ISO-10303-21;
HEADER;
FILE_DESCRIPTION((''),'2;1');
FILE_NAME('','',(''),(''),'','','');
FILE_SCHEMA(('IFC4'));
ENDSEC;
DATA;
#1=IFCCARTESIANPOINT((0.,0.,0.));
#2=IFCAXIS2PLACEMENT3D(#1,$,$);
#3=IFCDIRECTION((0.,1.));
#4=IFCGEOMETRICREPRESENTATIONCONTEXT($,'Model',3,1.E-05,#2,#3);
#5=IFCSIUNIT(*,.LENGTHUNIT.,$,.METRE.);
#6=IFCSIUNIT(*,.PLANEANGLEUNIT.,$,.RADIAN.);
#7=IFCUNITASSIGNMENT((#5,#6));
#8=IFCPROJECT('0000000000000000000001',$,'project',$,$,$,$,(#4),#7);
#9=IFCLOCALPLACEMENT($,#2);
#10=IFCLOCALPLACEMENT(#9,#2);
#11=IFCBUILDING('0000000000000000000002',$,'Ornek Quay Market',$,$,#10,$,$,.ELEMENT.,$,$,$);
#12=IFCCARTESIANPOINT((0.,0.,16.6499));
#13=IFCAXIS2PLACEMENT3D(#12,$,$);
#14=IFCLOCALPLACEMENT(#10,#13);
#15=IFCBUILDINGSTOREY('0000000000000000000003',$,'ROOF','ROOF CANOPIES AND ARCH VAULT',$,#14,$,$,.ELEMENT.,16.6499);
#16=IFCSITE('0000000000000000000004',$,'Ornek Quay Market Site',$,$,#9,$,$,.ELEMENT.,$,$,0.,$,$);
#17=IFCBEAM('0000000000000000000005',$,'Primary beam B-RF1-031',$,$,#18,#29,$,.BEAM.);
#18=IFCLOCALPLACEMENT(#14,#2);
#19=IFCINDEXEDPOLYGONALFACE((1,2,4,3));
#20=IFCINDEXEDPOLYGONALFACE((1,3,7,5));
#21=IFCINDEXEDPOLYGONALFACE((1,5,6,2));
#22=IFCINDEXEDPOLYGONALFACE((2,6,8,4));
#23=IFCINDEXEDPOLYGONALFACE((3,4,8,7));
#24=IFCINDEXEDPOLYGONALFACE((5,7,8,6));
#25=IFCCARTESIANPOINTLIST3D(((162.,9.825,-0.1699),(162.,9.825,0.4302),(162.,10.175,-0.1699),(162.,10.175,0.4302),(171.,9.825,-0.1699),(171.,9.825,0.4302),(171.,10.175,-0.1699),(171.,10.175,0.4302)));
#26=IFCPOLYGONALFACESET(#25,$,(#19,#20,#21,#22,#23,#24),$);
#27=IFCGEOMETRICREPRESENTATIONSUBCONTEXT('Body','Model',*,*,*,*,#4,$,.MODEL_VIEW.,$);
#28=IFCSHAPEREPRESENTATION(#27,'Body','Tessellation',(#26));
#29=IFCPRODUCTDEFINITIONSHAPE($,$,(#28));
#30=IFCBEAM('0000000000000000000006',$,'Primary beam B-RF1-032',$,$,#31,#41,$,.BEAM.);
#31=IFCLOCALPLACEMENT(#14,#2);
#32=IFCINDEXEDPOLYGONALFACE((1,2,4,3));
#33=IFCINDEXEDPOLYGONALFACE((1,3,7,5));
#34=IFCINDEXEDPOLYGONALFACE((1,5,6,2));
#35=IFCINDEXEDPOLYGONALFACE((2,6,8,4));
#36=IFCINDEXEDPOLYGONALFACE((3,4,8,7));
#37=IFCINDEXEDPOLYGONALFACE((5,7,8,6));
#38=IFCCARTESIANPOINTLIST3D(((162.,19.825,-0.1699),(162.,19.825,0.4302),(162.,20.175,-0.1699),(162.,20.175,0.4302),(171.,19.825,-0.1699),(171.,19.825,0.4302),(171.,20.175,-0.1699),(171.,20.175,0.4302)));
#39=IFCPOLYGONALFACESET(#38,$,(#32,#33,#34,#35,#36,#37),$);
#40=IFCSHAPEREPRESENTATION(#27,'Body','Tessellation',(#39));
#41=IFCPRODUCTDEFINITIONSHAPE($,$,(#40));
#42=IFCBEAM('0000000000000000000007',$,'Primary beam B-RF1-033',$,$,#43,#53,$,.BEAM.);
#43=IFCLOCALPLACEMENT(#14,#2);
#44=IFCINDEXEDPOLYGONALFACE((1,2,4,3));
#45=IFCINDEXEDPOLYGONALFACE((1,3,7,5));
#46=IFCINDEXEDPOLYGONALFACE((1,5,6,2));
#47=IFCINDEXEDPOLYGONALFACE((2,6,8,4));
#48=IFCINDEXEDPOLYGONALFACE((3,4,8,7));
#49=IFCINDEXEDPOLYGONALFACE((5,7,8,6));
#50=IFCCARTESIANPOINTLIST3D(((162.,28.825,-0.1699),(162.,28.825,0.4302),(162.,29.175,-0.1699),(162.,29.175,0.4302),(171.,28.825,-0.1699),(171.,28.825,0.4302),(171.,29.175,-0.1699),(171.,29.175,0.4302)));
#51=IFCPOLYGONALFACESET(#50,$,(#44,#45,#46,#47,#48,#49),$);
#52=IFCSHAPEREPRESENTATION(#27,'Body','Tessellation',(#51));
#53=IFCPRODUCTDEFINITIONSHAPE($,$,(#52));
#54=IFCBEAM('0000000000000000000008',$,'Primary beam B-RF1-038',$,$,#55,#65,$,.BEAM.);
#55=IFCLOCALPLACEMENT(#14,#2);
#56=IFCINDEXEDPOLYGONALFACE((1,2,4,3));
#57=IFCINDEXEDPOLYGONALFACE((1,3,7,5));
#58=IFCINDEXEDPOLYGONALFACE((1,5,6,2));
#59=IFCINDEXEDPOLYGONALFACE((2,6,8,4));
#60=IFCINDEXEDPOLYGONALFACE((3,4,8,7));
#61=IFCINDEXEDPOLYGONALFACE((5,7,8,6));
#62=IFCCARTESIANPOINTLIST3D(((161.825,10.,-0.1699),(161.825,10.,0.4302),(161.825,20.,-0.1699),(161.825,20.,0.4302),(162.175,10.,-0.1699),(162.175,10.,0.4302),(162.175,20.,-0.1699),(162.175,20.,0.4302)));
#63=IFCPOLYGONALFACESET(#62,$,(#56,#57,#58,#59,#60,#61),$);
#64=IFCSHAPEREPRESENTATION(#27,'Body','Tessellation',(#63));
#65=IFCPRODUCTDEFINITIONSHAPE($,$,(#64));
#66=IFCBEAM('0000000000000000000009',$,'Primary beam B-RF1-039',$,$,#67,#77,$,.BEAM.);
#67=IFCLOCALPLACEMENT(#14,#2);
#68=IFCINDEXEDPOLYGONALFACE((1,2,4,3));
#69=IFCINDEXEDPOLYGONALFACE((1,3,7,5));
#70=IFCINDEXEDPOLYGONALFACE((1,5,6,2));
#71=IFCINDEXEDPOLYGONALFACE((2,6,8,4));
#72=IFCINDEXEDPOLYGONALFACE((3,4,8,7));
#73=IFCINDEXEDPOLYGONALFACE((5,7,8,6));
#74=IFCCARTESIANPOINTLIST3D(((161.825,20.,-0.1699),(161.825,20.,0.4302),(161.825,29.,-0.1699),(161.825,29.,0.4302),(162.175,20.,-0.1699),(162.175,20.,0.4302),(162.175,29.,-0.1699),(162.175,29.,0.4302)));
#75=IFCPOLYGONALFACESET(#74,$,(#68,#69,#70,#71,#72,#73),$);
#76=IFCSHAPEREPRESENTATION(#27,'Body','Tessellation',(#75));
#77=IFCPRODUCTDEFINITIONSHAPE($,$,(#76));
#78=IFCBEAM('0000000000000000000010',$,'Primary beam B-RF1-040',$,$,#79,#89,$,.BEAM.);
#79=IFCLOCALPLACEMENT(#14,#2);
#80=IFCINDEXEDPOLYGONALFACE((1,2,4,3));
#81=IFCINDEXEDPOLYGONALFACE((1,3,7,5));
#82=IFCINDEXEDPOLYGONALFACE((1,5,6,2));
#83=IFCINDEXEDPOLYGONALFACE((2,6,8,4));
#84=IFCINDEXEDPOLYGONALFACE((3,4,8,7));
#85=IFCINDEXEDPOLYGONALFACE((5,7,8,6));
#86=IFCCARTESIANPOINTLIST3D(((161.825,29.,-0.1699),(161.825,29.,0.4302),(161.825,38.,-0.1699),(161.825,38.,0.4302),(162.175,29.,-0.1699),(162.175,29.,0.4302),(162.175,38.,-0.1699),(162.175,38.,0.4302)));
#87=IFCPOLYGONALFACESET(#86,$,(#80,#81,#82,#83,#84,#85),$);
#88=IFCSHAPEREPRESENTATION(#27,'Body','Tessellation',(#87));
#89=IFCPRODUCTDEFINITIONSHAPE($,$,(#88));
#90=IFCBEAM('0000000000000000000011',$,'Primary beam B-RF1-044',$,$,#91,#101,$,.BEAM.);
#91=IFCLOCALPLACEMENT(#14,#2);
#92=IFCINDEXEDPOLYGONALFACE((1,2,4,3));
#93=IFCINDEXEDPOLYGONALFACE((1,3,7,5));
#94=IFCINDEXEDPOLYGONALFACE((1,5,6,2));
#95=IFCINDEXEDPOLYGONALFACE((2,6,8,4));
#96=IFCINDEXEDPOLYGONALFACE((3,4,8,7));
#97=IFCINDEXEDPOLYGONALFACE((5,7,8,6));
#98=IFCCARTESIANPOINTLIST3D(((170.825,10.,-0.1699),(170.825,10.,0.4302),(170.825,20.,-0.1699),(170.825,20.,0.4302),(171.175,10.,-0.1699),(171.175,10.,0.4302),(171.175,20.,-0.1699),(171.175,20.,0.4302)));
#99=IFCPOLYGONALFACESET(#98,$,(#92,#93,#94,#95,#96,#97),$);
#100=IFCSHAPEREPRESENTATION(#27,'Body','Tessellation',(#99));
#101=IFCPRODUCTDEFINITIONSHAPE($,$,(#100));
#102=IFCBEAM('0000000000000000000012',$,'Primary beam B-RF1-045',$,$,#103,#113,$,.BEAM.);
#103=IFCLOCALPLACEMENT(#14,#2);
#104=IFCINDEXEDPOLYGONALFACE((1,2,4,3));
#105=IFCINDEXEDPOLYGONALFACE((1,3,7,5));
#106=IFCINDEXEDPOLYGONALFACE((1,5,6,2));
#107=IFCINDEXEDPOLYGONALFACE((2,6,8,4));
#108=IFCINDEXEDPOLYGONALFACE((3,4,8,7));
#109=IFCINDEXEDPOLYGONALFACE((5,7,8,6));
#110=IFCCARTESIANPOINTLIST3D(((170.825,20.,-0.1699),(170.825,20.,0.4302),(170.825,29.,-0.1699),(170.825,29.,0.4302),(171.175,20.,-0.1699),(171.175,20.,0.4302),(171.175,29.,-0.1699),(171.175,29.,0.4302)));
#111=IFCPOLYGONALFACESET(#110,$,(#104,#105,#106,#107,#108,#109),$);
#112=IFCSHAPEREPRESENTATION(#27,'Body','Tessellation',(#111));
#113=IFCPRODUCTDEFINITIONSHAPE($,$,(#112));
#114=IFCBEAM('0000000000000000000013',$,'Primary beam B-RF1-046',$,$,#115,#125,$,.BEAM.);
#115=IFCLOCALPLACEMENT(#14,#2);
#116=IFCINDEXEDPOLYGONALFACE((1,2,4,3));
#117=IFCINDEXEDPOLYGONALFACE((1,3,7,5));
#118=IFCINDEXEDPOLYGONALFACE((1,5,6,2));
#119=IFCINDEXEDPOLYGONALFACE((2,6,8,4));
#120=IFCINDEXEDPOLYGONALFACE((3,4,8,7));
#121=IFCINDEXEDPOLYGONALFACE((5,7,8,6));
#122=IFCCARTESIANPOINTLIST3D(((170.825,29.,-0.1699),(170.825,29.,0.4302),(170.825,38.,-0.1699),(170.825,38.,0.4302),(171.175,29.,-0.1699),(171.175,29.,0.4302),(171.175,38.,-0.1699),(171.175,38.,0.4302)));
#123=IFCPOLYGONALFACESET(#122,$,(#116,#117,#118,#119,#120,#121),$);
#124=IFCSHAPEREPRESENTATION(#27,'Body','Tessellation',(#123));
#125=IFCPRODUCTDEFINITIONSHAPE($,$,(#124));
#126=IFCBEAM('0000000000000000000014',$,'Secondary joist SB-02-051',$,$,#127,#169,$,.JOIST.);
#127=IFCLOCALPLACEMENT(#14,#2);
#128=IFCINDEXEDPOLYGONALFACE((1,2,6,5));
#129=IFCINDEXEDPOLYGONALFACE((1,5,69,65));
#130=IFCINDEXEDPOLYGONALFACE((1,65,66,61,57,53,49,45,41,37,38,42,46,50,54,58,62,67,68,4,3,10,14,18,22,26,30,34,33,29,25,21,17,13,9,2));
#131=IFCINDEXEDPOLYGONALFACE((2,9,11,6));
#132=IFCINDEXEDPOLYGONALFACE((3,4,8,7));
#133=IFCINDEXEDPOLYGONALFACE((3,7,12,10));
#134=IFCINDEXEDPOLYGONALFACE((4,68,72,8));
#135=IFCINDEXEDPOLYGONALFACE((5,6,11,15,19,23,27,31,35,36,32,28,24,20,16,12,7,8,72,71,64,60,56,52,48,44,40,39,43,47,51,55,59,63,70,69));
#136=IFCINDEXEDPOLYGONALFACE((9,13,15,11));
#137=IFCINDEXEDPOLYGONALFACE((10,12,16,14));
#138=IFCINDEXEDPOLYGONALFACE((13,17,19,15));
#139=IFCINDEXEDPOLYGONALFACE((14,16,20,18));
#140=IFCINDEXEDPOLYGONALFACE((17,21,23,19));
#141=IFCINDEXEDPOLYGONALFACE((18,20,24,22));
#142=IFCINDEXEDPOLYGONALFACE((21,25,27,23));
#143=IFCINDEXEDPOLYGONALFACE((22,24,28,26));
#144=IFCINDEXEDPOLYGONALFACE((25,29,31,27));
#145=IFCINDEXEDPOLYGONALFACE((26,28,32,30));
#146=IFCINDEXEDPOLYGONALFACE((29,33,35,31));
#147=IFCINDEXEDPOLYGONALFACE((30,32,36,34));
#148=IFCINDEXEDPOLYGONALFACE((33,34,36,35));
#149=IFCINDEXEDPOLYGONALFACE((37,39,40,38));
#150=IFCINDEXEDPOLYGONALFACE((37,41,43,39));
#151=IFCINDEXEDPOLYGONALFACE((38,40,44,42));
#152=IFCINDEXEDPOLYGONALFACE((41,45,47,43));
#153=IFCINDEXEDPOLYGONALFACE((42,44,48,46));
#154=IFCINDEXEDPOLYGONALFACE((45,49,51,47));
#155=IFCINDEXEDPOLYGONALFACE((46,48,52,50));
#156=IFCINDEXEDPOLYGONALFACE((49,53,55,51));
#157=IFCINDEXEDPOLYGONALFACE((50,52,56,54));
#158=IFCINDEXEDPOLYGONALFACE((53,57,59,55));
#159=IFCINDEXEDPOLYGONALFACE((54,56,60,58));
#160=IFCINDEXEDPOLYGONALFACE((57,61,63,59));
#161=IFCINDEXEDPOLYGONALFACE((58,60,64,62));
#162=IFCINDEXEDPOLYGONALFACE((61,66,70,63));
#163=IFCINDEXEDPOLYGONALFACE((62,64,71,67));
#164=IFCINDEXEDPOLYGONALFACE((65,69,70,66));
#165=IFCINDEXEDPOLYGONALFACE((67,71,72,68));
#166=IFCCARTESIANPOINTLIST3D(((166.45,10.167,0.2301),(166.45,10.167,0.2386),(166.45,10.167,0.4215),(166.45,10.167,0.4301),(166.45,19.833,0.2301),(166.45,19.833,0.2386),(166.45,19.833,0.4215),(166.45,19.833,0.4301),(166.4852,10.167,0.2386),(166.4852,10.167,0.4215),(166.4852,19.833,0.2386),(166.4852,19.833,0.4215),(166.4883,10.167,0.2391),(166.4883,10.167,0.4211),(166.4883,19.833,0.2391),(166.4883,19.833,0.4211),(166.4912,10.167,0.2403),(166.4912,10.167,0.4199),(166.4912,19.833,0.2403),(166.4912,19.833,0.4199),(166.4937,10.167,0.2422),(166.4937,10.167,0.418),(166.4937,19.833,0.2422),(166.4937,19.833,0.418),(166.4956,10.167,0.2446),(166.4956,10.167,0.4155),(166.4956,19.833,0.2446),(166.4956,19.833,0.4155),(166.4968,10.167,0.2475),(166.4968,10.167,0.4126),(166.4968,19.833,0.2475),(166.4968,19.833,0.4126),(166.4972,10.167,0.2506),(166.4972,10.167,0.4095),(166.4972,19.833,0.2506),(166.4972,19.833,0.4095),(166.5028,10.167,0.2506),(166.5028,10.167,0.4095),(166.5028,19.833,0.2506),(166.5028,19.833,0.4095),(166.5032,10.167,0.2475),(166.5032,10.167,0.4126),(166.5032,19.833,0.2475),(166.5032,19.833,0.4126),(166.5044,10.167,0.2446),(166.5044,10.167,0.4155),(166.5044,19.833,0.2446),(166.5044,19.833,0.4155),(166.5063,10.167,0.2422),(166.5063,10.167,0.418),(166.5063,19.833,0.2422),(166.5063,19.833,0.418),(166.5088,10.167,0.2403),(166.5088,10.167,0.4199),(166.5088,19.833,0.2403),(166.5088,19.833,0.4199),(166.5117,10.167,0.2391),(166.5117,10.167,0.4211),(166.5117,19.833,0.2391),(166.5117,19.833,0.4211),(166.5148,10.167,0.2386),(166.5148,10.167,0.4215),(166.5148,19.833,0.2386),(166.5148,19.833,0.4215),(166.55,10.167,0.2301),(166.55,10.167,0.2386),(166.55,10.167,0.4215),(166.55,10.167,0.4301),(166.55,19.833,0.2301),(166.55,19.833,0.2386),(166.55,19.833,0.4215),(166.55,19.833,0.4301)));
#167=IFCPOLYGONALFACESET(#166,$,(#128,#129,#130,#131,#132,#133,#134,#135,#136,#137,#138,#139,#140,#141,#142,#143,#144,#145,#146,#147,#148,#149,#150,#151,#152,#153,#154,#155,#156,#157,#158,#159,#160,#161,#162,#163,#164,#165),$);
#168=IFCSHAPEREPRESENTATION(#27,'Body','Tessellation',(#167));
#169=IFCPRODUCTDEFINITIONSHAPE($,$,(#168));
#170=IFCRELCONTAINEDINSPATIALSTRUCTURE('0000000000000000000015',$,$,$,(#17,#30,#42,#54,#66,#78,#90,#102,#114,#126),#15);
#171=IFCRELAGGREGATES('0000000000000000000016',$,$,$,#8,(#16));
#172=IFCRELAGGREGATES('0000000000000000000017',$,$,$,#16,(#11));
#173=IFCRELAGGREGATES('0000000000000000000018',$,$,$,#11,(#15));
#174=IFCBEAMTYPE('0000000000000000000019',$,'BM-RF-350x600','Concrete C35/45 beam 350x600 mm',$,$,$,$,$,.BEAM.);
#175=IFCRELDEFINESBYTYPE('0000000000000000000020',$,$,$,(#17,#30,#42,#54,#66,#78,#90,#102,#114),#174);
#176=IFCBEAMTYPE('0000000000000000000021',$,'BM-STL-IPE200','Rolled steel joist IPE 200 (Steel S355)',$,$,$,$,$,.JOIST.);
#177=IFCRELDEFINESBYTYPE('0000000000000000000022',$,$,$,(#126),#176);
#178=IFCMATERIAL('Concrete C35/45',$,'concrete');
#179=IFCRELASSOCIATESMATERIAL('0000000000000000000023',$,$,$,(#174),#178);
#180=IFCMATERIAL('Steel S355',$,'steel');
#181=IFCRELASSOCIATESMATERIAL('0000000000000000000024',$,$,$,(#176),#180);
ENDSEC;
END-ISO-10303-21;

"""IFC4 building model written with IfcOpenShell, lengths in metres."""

from ifc_helpers import new_model, si_unit, direction, frame, origin, origin_2d, place, context, subcontext, project, spatial, rectangle, i_section, extrude, material, material_profile, profile_set, type_object, element, save


model = new_model("IFC4")

# Units and contexts
model_context = context("Model", 3, precision=1e-05, world=origin(), true_north=direction((0.0, 1.0)))
body_context = subcontext(model_context, "Body", "Model", "MODEL_VIEW")
ifc_project = project(units=[si_unit("LENGTHUNIT", "METRE"), si_unit("PLANEANGLEUNIT", "RADIAN")], contexts=[model_context])

# Site, building, storey
site_placement = place(None, origin())
site = spatial("IfcSite", under=ifc_project, at=site_placement, Name="Ornek Quay Market Site", CompositionType="ELEMENT", RefElevation=0.0)
building_placement = place(site_placement, origin())
building = spatial("IfcBuilding", under=site, at=building_placement, Name="Ornek Quay Market", CompositionType="ELEMENT")
storey_placement = place(building_placement, frame((0.0, 0.0, 16.6499)))
storey = spatial("IfcBuildingStorey", under=building, at=storey_placement, Name="ROOF", Description="ROOF CANOPIES AND ARCH VAULT", CompositionType="ELEMENT", Elevation=16.6499)

# Beams
ifc_material_1 = material(Name="Concrete C35/45", Category="concrete")
ifc_material_profile_1 = material_profile(ifc_material_1, rectangle(XDim=0.3501, YDim=0.6001, at=origin_2d()), Name="RC 350x600", Category="concrete")
ifc_profile_set_1 = profile_set([ifc_material_profile_1], Name="Concrete C35/45")
beam_type_1 = type_object("IfcBeamType", Name="BM-RF-350x600", Description="Concrete C35/45 beam 350x600 mm", PredefinedType="BEAM", material=ifc_profile_set_1)
for number, where, z_axis, x_axis, name in (
    (1, (162.0, 10.0, 0.1301), (1.0, 0.0, 0.0), (0.0, 1.0, 0.0), "Primary beam B-RF1-031"),
    (2, (162.0, 20.0, 0.1301), (1.0, 0.0, 0.0), (0.0, 1.0, 0.0), "Primary beam B-RF1-032"),
    (3, (162.0, 29.0, 0.1301), (1.0, 0.0, 0.0), (0.0, 1.0, 0.0), "Primary beam B-RF1-033"),
):
    element("IfcBeam", number, at=place(storey_placement, frame(where, z_axis=z_axis, x_axis=x_axis)), inside=storey, type_object=beam_type_1, Name=name, PredefinedType="BEAM", context=body_context, shape_type="SweptSolid", body=[
        extrude(rectangle(XDim=0.3501, YDim=0.6001, at=origin_2d()), origin(), (0.0, 0.0, 1.0), 9.0),
    ])
beam_1_placement = place(storey_placement, frame((162.0, 10.0, 0.1301), z_axis=(0.0, 1.0, 0.0), x_axis=(-1.0, 0.0, 0.0)))
element("IfcBeam", 4, at=beam_1_placement, inside=storey, type_object=beam_type_1, Name="Primary beam B-RF1-038", PredefinedType="BEAM", context=body_context, shape_type="SweptSolid", body=[
    extrude(rectangle(XDim=0.3501, YDim=0.6001, at=origin_2d()), origin(), (0.0, 0.0, 1.0), 10.0),
])
for number, where, z_axis, x_axis, name in (
    (5, (162.0, 20.0, 0.1301), (0.0, 1.0, 0.0), (-1.0, 0.0, 0.0), "Primary beam B-RF1-039"),
    (6, (162.0, 29.0, 0.1301), (0.0, 1.0, 0.0), (-1.0, 0.0, 0.0), "Primary beam B-RF1-040"),
):
    element("IfcBeam", number, at=place(storey_placement, frame(where, z_axis=z_axis, x_axis=x_axis)), inside=storey, type_object=beam_type_1, Name=name, PredefinedType="BEAM", context=body_context, shape_type="SweptSolid", body=[
        extrude(rectangle(XDim=0.3501, YDim=0.6001, at=origin_2d()), origin(), (0.0, 0.0, 1.0), 9.0),
    ])
beam_2_placement = place(storey_placement, frame((171.0, 10.0, 0.1301), z_axis=(0.0, 1.0, 0.0), x_axis=(-1.0, 0.0, 0.0)))
element("IfcBeam", 7, at=beam_2_placement, inside=storey, type_object=beam_type_1, Name="Primary beam B-RF1-044", PredefinedType="BEAM", context=body_context, shape_type="SweptSolid", body=[
    extrude(rectangle(XDim=0.3501, YDim=0.6001, at=origin_2d()), origin(), (0.0, 0.0, 1.0), 10.0),
])
for number, where, z_axis, x_axis, name in (
    (8, (171.0, 20.0, 0.1301), (0.0, 1.0, 0.0), (-1.0, 0.0, 0.0), "Primary beam B-RF1-045"),
    (9, (171.0, 29.0, 0.1301), (0.0, 1.0, 0.0), (-1.0, 0.0, 0.0), "Primary beam B-RF1-046"),
):
    element("IfcBeam", number, at=place(storey_placement, frame(where, z_axis=z_axis, x_axis=x_axis)), inside=storey, type_object=beam_type_1, Name=name, PredefinedType="BEAM", context=body_context, shape_type="SweptSolid", body=[
        extrude(rectangle(XDim=0.3501, YDim=0.6001, at=origin_2d()), origin(), (0.0, 0.0, 1.0), 9.0),
    ])
ifc_material_2 = material(Name="Steel S355", Category="steel")
ifc_material_profile_2 = material_profile(ifc_material_2, i_section(OverallWidth=0.1001, OverallDepth=0.2, WebThickness=0.0056, FlangeThickness=0.0085, FilletRadius=0.012, at=origin_2d()), Name="IPE 200", Category="steel")
ifc_profile_set_2 = profile_set([ifc_material_profile_2], Name="Steel S355")
beam_type_2 = type_object("IfcBeamType", Name="BM-STL-IPE200", Description="Rolled steel joist IPE 200 (Steel S355)", PredefinedType="JOIST", material=ifc_profile_set_2)
beam_3_placement = place(storey_placement, frame((166.5, 10.167, 0.3301), z_axis=(0.0, 1.0, 0.0), x_axis=(-1.0, 0.0, 0.0)))
element("IfcBeam", 10, at=beam_3_placement, inside=storey, type_object=beam_type_2, Name="Secondary joist SB-02-051", PredefinedType="JOIST", context=body_context, shape_type="SweptSolid", body=[
    extrude(i_section(OverallWidth=0.1001, OverallDepth=0.2, WebThickness=0.0056, FlangeThickness=0.0085, FilletRadius=0.012, at=origin_2d()), origin(), (0.0, 0.0, 1.0), 9.666),
])

save(model, "model.ifc")
